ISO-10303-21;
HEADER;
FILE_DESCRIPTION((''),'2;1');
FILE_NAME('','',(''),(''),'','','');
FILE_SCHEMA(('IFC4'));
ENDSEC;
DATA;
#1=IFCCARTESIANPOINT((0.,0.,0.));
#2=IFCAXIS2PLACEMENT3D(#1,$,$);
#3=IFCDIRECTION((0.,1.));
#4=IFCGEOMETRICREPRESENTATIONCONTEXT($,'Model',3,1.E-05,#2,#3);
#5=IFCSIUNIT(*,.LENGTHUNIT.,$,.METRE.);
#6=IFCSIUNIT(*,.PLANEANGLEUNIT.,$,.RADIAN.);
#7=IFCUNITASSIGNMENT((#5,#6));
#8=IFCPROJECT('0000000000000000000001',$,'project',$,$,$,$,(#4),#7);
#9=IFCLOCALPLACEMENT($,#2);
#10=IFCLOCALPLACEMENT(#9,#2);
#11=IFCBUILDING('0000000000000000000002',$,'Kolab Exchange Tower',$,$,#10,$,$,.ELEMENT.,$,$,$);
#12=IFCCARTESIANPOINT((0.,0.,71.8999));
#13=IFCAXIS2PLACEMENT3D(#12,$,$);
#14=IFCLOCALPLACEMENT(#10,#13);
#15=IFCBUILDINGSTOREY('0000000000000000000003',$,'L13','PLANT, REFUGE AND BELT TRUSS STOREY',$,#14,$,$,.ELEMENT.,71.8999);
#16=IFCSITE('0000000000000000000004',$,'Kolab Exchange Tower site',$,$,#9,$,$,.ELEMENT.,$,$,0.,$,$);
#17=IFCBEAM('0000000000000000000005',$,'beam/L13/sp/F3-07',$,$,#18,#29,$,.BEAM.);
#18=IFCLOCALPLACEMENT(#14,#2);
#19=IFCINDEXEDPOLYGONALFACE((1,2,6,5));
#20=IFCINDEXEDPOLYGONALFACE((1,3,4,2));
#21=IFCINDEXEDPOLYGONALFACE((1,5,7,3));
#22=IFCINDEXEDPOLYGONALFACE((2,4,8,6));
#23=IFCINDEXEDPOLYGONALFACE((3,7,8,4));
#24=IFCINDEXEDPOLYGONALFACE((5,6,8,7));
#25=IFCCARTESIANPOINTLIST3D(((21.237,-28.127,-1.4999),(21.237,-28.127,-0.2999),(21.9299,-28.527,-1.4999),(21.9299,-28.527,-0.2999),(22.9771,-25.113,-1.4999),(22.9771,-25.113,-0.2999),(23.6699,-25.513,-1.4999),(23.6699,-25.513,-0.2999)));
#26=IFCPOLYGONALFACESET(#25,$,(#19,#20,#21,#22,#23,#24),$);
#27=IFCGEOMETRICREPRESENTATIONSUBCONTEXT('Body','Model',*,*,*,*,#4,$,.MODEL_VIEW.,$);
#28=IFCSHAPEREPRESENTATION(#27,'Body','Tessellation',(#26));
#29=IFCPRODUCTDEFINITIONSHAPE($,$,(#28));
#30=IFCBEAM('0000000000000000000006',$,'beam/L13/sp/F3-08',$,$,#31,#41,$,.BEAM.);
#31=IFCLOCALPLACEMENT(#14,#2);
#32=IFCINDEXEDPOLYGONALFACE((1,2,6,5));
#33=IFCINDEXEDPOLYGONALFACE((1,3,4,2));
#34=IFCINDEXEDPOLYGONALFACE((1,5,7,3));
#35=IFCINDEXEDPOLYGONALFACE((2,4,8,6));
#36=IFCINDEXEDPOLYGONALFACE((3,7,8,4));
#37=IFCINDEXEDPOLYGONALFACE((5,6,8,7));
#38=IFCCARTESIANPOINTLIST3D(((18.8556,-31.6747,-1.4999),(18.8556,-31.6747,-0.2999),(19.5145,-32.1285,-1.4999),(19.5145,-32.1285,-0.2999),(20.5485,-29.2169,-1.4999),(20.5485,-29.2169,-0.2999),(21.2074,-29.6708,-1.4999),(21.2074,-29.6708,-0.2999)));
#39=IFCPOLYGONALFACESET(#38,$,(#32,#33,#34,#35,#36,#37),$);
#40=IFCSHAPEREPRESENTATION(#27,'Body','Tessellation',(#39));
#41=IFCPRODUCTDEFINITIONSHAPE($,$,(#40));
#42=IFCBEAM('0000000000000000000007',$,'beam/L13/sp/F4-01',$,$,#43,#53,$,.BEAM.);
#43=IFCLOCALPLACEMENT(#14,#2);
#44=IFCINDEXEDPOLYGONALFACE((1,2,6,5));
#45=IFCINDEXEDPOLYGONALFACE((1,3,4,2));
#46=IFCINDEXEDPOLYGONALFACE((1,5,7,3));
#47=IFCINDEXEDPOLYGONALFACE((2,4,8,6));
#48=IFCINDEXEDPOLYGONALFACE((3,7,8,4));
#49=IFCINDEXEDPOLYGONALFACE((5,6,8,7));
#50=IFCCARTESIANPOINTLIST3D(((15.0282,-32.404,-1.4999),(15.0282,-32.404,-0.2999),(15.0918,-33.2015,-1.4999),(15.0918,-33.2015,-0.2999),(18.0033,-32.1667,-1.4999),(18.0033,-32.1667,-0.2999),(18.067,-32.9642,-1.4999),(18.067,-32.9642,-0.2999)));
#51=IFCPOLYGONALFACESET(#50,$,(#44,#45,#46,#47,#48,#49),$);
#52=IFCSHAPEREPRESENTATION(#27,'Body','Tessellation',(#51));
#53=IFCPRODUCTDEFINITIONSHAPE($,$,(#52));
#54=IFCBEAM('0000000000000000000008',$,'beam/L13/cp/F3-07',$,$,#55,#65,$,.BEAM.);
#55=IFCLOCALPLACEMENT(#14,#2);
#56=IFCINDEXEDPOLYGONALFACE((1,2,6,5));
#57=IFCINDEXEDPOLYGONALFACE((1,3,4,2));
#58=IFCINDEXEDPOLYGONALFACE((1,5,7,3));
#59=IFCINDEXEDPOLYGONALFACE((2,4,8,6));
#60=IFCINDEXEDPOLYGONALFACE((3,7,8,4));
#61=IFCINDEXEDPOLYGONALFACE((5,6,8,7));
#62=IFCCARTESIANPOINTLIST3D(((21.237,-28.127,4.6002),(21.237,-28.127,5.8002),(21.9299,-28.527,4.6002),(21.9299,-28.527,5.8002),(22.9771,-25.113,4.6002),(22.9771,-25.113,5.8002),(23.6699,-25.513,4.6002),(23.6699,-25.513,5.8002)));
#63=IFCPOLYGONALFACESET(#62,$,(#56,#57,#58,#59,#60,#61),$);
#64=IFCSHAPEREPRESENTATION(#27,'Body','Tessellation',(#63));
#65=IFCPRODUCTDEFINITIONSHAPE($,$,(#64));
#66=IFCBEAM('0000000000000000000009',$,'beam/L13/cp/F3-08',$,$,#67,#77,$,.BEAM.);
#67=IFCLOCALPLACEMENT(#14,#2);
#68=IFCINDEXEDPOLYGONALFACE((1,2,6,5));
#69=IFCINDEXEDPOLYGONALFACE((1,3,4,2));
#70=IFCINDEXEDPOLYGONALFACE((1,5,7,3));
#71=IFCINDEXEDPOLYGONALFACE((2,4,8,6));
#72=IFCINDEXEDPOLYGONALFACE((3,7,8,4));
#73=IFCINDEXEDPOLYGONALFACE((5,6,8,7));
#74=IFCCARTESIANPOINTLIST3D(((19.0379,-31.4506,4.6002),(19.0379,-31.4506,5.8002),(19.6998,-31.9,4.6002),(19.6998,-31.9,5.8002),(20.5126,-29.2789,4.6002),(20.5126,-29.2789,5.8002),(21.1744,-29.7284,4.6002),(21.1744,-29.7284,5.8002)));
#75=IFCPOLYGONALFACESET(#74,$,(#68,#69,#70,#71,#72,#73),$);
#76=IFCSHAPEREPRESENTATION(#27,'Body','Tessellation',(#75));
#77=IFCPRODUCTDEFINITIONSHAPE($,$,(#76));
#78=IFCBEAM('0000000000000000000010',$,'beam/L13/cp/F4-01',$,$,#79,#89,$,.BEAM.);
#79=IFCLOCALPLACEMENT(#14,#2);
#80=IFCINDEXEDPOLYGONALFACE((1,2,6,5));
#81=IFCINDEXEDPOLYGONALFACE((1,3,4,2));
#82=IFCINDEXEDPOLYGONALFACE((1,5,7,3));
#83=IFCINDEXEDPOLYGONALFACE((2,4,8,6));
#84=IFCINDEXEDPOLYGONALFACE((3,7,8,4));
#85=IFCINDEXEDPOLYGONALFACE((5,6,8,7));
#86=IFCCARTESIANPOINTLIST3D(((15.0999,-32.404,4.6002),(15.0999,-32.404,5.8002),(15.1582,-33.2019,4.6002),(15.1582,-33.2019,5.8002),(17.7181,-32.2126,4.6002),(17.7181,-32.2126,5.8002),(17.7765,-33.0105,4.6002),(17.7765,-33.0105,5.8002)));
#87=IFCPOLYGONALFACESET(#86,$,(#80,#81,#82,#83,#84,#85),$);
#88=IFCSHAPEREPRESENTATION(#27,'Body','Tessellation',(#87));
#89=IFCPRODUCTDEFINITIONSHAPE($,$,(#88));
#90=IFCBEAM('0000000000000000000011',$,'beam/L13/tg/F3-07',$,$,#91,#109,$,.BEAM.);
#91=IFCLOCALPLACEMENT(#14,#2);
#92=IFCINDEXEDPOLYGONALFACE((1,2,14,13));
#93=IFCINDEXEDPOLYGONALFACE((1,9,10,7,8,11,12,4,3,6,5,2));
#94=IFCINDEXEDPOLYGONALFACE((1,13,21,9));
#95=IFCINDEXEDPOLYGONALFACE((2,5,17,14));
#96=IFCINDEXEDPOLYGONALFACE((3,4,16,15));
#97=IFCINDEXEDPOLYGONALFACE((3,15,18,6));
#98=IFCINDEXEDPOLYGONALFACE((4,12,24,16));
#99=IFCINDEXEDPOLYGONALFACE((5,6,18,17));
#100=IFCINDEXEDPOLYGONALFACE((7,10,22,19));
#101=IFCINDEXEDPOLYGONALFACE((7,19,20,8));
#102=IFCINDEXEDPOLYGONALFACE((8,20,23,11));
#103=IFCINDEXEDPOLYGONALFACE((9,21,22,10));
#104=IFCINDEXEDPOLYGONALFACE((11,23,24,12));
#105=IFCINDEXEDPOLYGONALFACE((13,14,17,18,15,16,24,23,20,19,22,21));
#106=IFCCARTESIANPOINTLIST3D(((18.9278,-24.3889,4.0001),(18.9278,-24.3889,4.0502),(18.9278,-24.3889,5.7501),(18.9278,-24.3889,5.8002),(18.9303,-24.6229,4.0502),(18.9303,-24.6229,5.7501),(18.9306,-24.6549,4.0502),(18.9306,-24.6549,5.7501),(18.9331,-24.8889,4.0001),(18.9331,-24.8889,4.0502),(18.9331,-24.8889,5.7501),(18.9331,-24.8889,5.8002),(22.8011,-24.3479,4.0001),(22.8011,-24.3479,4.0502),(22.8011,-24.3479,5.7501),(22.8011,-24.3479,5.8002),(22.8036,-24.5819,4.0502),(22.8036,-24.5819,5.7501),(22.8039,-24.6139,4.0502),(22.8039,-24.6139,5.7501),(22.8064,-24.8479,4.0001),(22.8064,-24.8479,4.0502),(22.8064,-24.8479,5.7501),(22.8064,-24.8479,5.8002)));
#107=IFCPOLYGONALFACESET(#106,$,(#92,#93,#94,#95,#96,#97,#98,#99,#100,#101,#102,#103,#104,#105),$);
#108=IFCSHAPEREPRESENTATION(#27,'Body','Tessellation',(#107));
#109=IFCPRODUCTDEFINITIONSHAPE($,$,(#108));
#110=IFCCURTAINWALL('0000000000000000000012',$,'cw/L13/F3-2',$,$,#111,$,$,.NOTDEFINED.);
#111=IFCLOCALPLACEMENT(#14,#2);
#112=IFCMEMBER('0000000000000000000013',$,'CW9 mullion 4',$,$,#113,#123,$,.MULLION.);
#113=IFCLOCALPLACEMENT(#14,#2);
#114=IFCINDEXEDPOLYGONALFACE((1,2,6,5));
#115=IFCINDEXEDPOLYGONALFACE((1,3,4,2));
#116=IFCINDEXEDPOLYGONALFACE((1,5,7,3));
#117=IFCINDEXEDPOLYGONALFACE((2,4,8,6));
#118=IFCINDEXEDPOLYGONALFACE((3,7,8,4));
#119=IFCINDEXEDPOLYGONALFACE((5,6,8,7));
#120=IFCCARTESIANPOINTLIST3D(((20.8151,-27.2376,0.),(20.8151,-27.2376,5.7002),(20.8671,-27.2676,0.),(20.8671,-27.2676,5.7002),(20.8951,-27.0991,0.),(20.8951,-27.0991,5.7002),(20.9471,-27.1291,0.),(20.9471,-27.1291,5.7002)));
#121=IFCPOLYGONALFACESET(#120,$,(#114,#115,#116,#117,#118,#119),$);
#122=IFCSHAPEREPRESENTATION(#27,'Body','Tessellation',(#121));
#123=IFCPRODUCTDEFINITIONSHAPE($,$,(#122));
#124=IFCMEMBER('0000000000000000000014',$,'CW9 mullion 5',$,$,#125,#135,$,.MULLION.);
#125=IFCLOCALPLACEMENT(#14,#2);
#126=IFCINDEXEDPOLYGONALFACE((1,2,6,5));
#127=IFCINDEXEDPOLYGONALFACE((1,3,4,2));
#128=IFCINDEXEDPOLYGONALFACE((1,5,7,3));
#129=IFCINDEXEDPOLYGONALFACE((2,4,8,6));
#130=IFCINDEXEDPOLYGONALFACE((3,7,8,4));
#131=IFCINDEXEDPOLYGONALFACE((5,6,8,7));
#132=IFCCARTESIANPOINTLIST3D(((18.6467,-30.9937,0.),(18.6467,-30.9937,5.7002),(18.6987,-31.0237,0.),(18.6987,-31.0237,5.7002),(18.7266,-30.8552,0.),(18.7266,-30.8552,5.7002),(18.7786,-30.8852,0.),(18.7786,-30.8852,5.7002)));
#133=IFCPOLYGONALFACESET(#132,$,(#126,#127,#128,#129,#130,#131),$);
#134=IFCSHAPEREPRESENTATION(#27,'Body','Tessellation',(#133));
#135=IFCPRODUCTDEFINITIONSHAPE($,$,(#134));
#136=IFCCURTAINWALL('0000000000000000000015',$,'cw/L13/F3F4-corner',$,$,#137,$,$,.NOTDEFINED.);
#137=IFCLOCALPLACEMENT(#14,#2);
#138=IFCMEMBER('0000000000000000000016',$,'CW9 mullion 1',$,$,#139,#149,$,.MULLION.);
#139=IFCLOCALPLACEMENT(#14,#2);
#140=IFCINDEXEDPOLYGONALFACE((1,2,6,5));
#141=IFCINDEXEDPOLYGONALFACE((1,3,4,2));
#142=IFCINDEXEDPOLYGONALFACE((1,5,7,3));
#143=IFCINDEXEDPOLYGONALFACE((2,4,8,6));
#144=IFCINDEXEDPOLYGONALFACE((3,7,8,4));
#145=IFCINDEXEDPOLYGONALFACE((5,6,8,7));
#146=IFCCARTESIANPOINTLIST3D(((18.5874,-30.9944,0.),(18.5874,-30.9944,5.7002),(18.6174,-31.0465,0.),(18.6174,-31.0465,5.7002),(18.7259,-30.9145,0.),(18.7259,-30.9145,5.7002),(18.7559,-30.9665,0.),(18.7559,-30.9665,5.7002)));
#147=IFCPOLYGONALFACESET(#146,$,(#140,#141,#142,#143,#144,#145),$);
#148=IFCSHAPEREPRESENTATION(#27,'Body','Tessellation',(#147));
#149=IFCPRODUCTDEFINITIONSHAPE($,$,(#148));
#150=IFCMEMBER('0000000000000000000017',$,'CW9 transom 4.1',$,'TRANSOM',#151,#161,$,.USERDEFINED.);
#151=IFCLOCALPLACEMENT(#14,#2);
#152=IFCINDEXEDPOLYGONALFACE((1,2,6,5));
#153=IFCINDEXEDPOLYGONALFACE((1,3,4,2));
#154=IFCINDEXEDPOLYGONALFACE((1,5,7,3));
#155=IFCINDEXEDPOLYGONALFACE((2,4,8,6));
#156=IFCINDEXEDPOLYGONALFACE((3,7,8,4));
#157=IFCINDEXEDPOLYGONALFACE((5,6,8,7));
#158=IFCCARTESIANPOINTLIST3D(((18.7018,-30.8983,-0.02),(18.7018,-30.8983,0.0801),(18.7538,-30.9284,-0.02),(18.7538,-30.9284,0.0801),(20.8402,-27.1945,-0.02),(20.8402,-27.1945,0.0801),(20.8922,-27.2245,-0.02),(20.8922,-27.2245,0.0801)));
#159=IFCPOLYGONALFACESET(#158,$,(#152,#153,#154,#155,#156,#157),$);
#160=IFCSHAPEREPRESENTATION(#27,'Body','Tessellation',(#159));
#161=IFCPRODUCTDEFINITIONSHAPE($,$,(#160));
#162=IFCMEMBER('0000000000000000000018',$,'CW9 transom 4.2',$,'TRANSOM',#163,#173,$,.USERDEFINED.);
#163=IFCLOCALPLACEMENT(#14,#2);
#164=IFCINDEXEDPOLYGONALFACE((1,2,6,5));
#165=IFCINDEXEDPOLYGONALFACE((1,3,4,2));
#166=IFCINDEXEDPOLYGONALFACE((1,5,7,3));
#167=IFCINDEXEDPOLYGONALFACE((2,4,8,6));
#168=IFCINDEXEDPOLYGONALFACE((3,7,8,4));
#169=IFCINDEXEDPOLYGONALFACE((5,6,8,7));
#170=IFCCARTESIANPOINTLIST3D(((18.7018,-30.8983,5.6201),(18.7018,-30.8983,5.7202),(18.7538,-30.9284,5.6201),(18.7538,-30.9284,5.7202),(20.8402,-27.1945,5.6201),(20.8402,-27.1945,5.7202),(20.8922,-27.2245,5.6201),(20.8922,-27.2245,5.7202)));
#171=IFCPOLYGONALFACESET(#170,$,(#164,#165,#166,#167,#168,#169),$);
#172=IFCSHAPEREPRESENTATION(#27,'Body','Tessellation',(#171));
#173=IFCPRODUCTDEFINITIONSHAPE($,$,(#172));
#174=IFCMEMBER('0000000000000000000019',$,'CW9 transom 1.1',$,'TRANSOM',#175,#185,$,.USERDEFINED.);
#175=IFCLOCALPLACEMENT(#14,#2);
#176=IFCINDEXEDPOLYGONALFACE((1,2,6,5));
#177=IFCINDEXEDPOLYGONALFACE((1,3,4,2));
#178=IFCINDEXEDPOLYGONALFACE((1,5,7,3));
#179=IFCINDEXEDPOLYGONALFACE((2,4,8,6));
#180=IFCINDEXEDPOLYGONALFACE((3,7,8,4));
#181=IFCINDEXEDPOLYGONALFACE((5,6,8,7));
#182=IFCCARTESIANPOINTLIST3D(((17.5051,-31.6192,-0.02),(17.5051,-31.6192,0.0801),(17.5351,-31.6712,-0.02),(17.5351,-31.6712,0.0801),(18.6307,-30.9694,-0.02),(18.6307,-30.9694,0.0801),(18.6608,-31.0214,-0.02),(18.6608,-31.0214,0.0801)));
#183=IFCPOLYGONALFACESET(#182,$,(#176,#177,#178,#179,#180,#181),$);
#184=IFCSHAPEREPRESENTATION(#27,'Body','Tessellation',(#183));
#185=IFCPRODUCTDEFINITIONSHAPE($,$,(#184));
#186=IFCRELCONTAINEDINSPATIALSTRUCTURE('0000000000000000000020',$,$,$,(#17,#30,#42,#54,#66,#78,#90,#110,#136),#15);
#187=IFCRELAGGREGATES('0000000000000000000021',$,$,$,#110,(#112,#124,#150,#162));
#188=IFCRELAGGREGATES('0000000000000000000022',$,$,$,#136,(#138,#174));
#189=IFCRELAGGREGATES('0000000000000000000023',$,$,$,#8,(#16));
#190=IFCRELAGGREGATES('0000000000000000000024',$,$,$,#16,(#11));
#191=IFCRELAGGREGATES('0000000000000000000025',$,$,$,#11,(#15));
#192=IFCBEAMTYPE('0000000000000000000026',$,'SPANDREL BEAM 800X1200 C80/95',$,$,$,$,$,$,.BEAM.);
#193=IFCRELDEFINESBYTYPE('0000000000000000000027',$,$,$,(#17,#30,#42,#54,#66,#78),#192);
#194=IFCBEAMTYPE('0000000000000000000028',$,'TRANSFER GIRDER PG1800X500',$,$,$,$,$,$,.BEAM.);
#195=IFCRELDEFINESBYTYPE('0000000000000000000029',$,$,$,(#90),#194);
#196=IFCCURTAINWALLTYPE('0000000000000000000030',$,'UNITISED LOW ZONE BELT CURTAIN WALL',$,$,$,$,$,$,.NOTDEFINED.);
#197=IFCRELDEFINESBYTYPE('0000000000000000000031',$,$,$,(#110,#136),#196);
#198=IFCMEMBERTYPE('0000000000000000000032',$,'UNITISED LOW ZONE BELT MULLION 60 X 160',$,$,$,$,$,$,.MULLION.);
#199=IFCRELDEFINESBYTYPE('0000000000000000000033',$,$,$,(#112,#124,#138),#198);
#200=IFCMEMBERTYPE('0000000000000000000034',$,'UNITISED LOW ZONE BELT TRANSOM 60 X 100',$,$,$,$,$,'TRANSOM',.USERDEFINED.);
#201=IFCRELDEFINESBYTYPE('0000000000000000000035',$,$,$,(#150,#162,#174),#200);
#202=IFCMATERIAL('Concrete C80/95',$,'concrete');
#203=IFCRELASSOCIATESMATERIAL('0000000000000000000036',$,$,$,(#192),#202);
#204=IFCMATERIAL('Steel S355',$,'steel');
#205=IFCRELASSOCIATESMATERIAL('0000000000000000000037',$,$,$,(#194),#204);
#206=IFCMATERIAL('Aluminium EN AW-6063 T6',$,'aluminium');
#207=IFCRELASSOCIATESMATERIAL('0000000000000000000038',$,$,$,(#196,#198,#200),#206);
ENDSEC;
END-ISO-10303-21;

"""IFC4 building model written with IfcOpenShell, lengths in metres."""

from ifc_helpers import new_model, si_unit, direction, frame, origin, origin_2d, place, context, subcontext, project, spatial, rectangle, i_section, extrude, material, material_profile, profile_set, type_object, element, aggregate, save


model = new_model("IFC4")

# Units and contexts
model_context = context("Model", 3, precision=1e-05, world=origin(), true_north=direction((0.0, 1.0)))
body_context = subcontext(model_context, "Body", "Model", "MODEL_VIEW")
ifc_project = project(units=[si_unit("LENGTHUNIT", "METRE"), si_unit("PLANEANGLEUNIT", "RADIAN")], contexts=[model_context])

# Site, building, storey
site_placement = place(None, origin())
site = spatial("IfcSite", under=ifc_project, at=site_placement, Name="Kolab Exchange Tower site", CompositionType="ELEMENT", RefElevation=0.0)
building_placement = place(site_placement, origin())
building = spatial("IfcBuilding", under=site, at=building_placement, Name="Kolab Exchange Tower", CompositionType="ELEMENT")
storey_placement = place(building_placement, frame((0.0, 0.0, 71.8999)))
storey = spatial("IfcBuildingStorey", under=building, at=storey_placement, Name="L13", Description="PLANT, REFUGE AND BELT TRUSS STOREY", CompositionType="ELEMENT", Elevation=71.8999)

# Shared definitions
ifc_material_1 = material(Name="Concrete C80/95", Category="concrete")

# Shared definitions
ifc_material_2 = material(Name="Steel S355", Category="steel")

# Beams
ifc_material_profile_1 = material_profile(ifc_material_1, rectangle(XDim=0.8, YDim=1.2, at=origin_2d()), Name="RC800X1200")
ifc_profile_set_1 = profile_set([ifc_material_profile_1], Name="Concrete C80/95")
beam_type_1 = type_object("IfcBeamType", Name="SPANDREL BEAM 800X1200 C80/95", PredefinedType="BEAM", material=ifc_profile_set_1)
beam_1_placement = place(storey_placement, frame((23.3235, -25.313, -0.8999), z_axis=(-0.49998, -0.866037, 0.0), x_axis=(0.866037, -0.49998, 0.0)))
element("IfcBeam", 1, at=beam_1_placement, inside=storey, type_object=beam_type_1, Name="beam/L13/sp/F3-07", PredefinedType="BEAM", context=body_context, shape_type="SweptSolid", body=[
    extrude(rectangle(XDim=0.8, YDim=1.2, at=origin_2d()), origin(), (0.0, 0.0, 1.0), 3.4802),
])
beam_2_placement = place(storey_placement, frame((20.8779, -29.4438, -0.8999), z_axis=(-0.567247, -0.823548, 0.0), x_axis=(0.823548, -0.567247, 0.0)))
element("IfcBeam", 2, at=beam_2_placement, inside=storey, type_object=beam_type_1, Name="beam/L13/sp/F3-08", PredefinedType="BEAM", context=body_context, shape_type="SweptSolid", body=[
    extrude(rectangle(XDim=0.8, YDim=1.2, at=origin_2d()), origin(), (0.0, 0.0, 1.0), 2.9844),
])
beam_3_placement = place(storey_placement, frame((18.0352, -32.5654, -0.8999), z_axis=(-0.996834, -0.079511, 0.0), x_axis=(0.079511, -0.996834, 0.0)))
element("IfcBeam", 3, at=beam_3_placement, inside=storey, type_object=beam_type_1, Name="beam/L13/sp/F4-01", PredefinedType="BEAM", context=body_context, shape_type="SweptSolid", body=[
    extrude(rectangle(XDim=0.8, YDim=1.2, at=origin_2d()), origin(), (0.0, 0.0, 1.0), 2.9846),
])
beam_4_placement = place(storey_placement, frame((23.3235, -25.313, 5.2002), z_axis=(-0.49998, -0.866037, 0.0), x_axis=(0.866037, -0.49998, 0.0)))
element("IfcBeam", 4, at=beam_4_placement, inside=storey, type_object=beam_type_1, Name="beam/L13/cp/F3-07", PredefinedType="BEAM", context=body_context, shape_type="SweptSolid", body=[
    extrude(rectangle(XDim=0.8, YDim=1.2, at=origin_2d()), origin(), (0.0, 0.0, 1.0), 3.4802),
])
beam_5_placement = place(storey_placement, frame((20.8435, -29.5037, 5.2002), z_axis=(-0.561763, -0.827298, 0.0), x_axis=(0.827298, -0.561763, 0.0)))
element("IfcBeam", 5, at=beam_5_placement, inside=storey, type_object=beam_type_1, Name="beam/L13/cp/F3-08", PredefinedType="BEAM", context=body_context, shape_type="SweptSolid", body=[
    extrude(rectangle(XDim=0.8, YDim=1.2, at=origin_2d()), origin(), (0.0, 0.0, 1.0), 2.625),
])
beam_6_placement = place(storey_placement, frame((17.7473, -32.6116, 5.2002), z_axis=(-0.997338, -0.072912, 0.0), x_axis=(0.072912, -0.997338, 0.0)))
element("IfcBeam", 6, at=beam_6_placement, inside=storey, type_object=beam_type_1, Name="beam/L13/cp/F4-01", PredefinedType="BEAM", context=body_context, shape_type="SweptSolid", body=[
    extrude(rectangle(XDim=0.8, YDim=1.2, at=origin_2d()), origin(), (0.0, 0.0, 1.0), 2.6252),
])
ifc_material_profile_2 = material_profile(ifc_material_2, i_section(OverallWidth=0.5, OverallDepth=1.8, WebThickness=0.032, FlangeThickness=0.05, at=origin_2d()), Name="PG1800X500")
ifc_profile_set_2 = profile_set([ifc_material_profile_2], Name="Steel S355")
beam_type_2 = type_object("IfcBeamType", Name="TRANSFER GIRDER PG1800X500", PredefinedType="BEAM", material=ifc_profile_set_2)
beam_7_placement = place(storey_placement, frame((18.9304, -24.6389, 4.9001), z_axis=(0.999944, 0.010589, 0.0), x_axis=(-0.010589, 0.999944, 0.0)))
element("IfcBeam", 7, at=beam_7_placement, inside=storey, type_object=beam_type_2, Name="beam/L13/tg/F3-07", PredefinedType="BEAM", context=body_context, shape_type="SweptSolid", body=[
    extrude(i_section(OverallWidth=0.5, OverallDepth=1.8, WebThickness=0.032, FlangeThickness=0.05, at=origin_2d()), origin(), (0.0, 0.0, 1.0), 3.8735),
])

# Curtain wall, members
ifc_material_3 = material(Name="Aluminium EN AW-6063 T6", Category="aluminium")
curtain_wall_type = type_object("IfcCurtainWallType", Name="UNITISED LOW ZONE BELT CURTAIN WALL", PredefinedType="NOTDEFINED", material=ifc_material_3)
curtain_wall_1_placement = place(storey_placement, origin())
curtain_wall_1 = element("IfcCurtainWall", 8, at=curtain_wall_1_placement, inside=storey, type_object=curtain_wall_type, Name="cw/L13/F3-2", PredefinedType="NOTDEFINED")
ifc_material_profile_3 = material_profile(ifc_material_3, rectangle(XDim=0.0601, YDim=0.1599, at=origin_2d()), Name="RECT 60X160")
ifc_profile_set_3 = profile_set([ifc_material_profile_3], Name="Aluminium EN AW-6063 T6")
member_type_1 = type_object("IfcMemberType", Name="UNITISED LOW ZONE BELT MULLION 60 X 160", PredefinedType="MULLION", material=ifc_profile_set_3)
member_1_placement = place(storey_placement, frame((20.8811, -27.1833, 0.0), z_axis=(0.0, 0.0, 1.0), x_axis=(0.866025, -0.5, 0.0)))
member_1 = element("IfcMember", 9, at=member_1_placement, type_object=member_type_1, Name="CW9 mullion 4", PredefinedType="MULLION", context=body_context, shape_type="SweptSolid", body=[
    extrude(rectangle(XDim=0.0601, YDim=0.1599, at=origin_2d()), origin(), (0.0, 0.0, 1.0), 5.7002),
])
member_2_placement = place(storey_placement, frame((18.7126, -30.9395, 0.0), z_axis=(0.0, 0.0, 1.0), x_axis=(0.866025, -0.5, 0.0)))
member_2 = element("IfcMember", 10, at=member_2_placement, type_object=member_type_1, Name="CW9 mullion 5", PredefinedType="MULLION", context=body_context, shape_type="SweptSolid", body=[
    extrude(rectangle(XDim=0.0601, YDim=0.1599, at=origin_2d()), origin(), (0.0, 0.0, 1.0), 5.7002),
])

# Curtain wall, member
curtain_wall_2_placement = place(storey_placement, origin())
curtain_wall_2 = element("IfcCurtainWall", 11, at=curtain_wall_2_placement, inside=storey, type_object=curtain_wall_type, Name="cw/L13/F3F4-corner", PredefinedType="NOTDEFINED")
member_3_placement = place(storey_placement, frame((18.6716, -30.9805, 0.0), z_axis=(0.0, 0.0, 1.0), x_axis=(0.5, -0.866025, 0.0)))
member_3 = element("IfcMember", 12, at=member_3_placement, type_object=member_type_1, Name="CW9 mullion 1", PredefinedType="MULLION", context=body_context, shape_type="SweptSolid", body=[
    extrude(rectangle(XDim=0.0601, YDim=0.1599, at=origin_2d()), origin(), (0.0, 0.0, 1.0), 5.7002),
])

# Members
ifc_material_profile_4 = material_profile(ifc_material_3, rectangle(XDim=0.0601, YDim=0.1001, at=origin_2d()), Name="RECT 60X100")
ifc_profile_set_4 = profile_set([ifc_material_profile_4], Name="Aluminium EN AW-6063 T6")
member_type_2 = type_object("IfcMemberType", Name="UNITISED LOW ZONE BELT TRANSOM 60 X 100", ElementType="TRANSOM", PredefinedType="USERDEFINED", material=ifc_profile_set_4)
member_4_placement = place(storey_placement, frame((20.8662, -27.2095, 0.03), z_axis=(-0.500001, -0.866025, 0.0), x_axis=(0.866025, -0.500001, 0.0)))
member_4 = element("IfcMember", 13, at=member_4_placement, type_object=member_type_2, Name="CW9 transom 4.1", ObjectType="TRANSOM", PredefinedType="USERDEFINED", context=body_context, shape_type="SweptSolid", body=[
    extrude(rectangle(XDim=0.0601, YDim=0.1001, at=origin_2d()), origin(), (0.0, 0.0, 1.0), 4.2769),
])
member_5_placement = place(storey_placement, frame((20.8662, -27.2095, 5.6702), z_axis=(-0.500001, -0.866025, 0.0), x_axis=(0.866025, -0.500001, 0.0)))
member_5 = element("IfcMember", 14, at=member_5_placement, type_object=member_type_2, Name="CW9 transom 4.2", ObjectType="TRANSOM", PredefinedType="USERDEFINED", context=body_context, shape_type="SweptSolid", body=[
    extrude(rectangle(XDim=0.0601, YDim=0.1001, at=origin_2d()), origin(), (0.0, 0.0, 1.0), 4.2769),
])
member_6_placement = place(storey_placement, frame((18.6458, -30.9954, 0.03), z_axis=(-0.866039, -0.499977, 0.0), x_axis=(0.499977, -0.866039, 0.0)))
member_6 = element("IfcMember", 15, at=member_6_placement, type_object=member_type_2, Name="CW9 transom 1.1", ObjectType="TRANSOM", PredefinedType="USERDEFINED", context=body_context, shape_type="SweptSolid", body=[
    extrude(rectangle(XDim=0.0601, YDim=0.1001, at=origin_2d()), origin(), (0.0, 0.0, 1.0), 1.2998),
])

aggregate(curtain_wall_1, [member_1, member_2, member_4, member_5])
aggregate(curtain_wall_2, [member_3, member_6])

save(model, "model.ifc")
